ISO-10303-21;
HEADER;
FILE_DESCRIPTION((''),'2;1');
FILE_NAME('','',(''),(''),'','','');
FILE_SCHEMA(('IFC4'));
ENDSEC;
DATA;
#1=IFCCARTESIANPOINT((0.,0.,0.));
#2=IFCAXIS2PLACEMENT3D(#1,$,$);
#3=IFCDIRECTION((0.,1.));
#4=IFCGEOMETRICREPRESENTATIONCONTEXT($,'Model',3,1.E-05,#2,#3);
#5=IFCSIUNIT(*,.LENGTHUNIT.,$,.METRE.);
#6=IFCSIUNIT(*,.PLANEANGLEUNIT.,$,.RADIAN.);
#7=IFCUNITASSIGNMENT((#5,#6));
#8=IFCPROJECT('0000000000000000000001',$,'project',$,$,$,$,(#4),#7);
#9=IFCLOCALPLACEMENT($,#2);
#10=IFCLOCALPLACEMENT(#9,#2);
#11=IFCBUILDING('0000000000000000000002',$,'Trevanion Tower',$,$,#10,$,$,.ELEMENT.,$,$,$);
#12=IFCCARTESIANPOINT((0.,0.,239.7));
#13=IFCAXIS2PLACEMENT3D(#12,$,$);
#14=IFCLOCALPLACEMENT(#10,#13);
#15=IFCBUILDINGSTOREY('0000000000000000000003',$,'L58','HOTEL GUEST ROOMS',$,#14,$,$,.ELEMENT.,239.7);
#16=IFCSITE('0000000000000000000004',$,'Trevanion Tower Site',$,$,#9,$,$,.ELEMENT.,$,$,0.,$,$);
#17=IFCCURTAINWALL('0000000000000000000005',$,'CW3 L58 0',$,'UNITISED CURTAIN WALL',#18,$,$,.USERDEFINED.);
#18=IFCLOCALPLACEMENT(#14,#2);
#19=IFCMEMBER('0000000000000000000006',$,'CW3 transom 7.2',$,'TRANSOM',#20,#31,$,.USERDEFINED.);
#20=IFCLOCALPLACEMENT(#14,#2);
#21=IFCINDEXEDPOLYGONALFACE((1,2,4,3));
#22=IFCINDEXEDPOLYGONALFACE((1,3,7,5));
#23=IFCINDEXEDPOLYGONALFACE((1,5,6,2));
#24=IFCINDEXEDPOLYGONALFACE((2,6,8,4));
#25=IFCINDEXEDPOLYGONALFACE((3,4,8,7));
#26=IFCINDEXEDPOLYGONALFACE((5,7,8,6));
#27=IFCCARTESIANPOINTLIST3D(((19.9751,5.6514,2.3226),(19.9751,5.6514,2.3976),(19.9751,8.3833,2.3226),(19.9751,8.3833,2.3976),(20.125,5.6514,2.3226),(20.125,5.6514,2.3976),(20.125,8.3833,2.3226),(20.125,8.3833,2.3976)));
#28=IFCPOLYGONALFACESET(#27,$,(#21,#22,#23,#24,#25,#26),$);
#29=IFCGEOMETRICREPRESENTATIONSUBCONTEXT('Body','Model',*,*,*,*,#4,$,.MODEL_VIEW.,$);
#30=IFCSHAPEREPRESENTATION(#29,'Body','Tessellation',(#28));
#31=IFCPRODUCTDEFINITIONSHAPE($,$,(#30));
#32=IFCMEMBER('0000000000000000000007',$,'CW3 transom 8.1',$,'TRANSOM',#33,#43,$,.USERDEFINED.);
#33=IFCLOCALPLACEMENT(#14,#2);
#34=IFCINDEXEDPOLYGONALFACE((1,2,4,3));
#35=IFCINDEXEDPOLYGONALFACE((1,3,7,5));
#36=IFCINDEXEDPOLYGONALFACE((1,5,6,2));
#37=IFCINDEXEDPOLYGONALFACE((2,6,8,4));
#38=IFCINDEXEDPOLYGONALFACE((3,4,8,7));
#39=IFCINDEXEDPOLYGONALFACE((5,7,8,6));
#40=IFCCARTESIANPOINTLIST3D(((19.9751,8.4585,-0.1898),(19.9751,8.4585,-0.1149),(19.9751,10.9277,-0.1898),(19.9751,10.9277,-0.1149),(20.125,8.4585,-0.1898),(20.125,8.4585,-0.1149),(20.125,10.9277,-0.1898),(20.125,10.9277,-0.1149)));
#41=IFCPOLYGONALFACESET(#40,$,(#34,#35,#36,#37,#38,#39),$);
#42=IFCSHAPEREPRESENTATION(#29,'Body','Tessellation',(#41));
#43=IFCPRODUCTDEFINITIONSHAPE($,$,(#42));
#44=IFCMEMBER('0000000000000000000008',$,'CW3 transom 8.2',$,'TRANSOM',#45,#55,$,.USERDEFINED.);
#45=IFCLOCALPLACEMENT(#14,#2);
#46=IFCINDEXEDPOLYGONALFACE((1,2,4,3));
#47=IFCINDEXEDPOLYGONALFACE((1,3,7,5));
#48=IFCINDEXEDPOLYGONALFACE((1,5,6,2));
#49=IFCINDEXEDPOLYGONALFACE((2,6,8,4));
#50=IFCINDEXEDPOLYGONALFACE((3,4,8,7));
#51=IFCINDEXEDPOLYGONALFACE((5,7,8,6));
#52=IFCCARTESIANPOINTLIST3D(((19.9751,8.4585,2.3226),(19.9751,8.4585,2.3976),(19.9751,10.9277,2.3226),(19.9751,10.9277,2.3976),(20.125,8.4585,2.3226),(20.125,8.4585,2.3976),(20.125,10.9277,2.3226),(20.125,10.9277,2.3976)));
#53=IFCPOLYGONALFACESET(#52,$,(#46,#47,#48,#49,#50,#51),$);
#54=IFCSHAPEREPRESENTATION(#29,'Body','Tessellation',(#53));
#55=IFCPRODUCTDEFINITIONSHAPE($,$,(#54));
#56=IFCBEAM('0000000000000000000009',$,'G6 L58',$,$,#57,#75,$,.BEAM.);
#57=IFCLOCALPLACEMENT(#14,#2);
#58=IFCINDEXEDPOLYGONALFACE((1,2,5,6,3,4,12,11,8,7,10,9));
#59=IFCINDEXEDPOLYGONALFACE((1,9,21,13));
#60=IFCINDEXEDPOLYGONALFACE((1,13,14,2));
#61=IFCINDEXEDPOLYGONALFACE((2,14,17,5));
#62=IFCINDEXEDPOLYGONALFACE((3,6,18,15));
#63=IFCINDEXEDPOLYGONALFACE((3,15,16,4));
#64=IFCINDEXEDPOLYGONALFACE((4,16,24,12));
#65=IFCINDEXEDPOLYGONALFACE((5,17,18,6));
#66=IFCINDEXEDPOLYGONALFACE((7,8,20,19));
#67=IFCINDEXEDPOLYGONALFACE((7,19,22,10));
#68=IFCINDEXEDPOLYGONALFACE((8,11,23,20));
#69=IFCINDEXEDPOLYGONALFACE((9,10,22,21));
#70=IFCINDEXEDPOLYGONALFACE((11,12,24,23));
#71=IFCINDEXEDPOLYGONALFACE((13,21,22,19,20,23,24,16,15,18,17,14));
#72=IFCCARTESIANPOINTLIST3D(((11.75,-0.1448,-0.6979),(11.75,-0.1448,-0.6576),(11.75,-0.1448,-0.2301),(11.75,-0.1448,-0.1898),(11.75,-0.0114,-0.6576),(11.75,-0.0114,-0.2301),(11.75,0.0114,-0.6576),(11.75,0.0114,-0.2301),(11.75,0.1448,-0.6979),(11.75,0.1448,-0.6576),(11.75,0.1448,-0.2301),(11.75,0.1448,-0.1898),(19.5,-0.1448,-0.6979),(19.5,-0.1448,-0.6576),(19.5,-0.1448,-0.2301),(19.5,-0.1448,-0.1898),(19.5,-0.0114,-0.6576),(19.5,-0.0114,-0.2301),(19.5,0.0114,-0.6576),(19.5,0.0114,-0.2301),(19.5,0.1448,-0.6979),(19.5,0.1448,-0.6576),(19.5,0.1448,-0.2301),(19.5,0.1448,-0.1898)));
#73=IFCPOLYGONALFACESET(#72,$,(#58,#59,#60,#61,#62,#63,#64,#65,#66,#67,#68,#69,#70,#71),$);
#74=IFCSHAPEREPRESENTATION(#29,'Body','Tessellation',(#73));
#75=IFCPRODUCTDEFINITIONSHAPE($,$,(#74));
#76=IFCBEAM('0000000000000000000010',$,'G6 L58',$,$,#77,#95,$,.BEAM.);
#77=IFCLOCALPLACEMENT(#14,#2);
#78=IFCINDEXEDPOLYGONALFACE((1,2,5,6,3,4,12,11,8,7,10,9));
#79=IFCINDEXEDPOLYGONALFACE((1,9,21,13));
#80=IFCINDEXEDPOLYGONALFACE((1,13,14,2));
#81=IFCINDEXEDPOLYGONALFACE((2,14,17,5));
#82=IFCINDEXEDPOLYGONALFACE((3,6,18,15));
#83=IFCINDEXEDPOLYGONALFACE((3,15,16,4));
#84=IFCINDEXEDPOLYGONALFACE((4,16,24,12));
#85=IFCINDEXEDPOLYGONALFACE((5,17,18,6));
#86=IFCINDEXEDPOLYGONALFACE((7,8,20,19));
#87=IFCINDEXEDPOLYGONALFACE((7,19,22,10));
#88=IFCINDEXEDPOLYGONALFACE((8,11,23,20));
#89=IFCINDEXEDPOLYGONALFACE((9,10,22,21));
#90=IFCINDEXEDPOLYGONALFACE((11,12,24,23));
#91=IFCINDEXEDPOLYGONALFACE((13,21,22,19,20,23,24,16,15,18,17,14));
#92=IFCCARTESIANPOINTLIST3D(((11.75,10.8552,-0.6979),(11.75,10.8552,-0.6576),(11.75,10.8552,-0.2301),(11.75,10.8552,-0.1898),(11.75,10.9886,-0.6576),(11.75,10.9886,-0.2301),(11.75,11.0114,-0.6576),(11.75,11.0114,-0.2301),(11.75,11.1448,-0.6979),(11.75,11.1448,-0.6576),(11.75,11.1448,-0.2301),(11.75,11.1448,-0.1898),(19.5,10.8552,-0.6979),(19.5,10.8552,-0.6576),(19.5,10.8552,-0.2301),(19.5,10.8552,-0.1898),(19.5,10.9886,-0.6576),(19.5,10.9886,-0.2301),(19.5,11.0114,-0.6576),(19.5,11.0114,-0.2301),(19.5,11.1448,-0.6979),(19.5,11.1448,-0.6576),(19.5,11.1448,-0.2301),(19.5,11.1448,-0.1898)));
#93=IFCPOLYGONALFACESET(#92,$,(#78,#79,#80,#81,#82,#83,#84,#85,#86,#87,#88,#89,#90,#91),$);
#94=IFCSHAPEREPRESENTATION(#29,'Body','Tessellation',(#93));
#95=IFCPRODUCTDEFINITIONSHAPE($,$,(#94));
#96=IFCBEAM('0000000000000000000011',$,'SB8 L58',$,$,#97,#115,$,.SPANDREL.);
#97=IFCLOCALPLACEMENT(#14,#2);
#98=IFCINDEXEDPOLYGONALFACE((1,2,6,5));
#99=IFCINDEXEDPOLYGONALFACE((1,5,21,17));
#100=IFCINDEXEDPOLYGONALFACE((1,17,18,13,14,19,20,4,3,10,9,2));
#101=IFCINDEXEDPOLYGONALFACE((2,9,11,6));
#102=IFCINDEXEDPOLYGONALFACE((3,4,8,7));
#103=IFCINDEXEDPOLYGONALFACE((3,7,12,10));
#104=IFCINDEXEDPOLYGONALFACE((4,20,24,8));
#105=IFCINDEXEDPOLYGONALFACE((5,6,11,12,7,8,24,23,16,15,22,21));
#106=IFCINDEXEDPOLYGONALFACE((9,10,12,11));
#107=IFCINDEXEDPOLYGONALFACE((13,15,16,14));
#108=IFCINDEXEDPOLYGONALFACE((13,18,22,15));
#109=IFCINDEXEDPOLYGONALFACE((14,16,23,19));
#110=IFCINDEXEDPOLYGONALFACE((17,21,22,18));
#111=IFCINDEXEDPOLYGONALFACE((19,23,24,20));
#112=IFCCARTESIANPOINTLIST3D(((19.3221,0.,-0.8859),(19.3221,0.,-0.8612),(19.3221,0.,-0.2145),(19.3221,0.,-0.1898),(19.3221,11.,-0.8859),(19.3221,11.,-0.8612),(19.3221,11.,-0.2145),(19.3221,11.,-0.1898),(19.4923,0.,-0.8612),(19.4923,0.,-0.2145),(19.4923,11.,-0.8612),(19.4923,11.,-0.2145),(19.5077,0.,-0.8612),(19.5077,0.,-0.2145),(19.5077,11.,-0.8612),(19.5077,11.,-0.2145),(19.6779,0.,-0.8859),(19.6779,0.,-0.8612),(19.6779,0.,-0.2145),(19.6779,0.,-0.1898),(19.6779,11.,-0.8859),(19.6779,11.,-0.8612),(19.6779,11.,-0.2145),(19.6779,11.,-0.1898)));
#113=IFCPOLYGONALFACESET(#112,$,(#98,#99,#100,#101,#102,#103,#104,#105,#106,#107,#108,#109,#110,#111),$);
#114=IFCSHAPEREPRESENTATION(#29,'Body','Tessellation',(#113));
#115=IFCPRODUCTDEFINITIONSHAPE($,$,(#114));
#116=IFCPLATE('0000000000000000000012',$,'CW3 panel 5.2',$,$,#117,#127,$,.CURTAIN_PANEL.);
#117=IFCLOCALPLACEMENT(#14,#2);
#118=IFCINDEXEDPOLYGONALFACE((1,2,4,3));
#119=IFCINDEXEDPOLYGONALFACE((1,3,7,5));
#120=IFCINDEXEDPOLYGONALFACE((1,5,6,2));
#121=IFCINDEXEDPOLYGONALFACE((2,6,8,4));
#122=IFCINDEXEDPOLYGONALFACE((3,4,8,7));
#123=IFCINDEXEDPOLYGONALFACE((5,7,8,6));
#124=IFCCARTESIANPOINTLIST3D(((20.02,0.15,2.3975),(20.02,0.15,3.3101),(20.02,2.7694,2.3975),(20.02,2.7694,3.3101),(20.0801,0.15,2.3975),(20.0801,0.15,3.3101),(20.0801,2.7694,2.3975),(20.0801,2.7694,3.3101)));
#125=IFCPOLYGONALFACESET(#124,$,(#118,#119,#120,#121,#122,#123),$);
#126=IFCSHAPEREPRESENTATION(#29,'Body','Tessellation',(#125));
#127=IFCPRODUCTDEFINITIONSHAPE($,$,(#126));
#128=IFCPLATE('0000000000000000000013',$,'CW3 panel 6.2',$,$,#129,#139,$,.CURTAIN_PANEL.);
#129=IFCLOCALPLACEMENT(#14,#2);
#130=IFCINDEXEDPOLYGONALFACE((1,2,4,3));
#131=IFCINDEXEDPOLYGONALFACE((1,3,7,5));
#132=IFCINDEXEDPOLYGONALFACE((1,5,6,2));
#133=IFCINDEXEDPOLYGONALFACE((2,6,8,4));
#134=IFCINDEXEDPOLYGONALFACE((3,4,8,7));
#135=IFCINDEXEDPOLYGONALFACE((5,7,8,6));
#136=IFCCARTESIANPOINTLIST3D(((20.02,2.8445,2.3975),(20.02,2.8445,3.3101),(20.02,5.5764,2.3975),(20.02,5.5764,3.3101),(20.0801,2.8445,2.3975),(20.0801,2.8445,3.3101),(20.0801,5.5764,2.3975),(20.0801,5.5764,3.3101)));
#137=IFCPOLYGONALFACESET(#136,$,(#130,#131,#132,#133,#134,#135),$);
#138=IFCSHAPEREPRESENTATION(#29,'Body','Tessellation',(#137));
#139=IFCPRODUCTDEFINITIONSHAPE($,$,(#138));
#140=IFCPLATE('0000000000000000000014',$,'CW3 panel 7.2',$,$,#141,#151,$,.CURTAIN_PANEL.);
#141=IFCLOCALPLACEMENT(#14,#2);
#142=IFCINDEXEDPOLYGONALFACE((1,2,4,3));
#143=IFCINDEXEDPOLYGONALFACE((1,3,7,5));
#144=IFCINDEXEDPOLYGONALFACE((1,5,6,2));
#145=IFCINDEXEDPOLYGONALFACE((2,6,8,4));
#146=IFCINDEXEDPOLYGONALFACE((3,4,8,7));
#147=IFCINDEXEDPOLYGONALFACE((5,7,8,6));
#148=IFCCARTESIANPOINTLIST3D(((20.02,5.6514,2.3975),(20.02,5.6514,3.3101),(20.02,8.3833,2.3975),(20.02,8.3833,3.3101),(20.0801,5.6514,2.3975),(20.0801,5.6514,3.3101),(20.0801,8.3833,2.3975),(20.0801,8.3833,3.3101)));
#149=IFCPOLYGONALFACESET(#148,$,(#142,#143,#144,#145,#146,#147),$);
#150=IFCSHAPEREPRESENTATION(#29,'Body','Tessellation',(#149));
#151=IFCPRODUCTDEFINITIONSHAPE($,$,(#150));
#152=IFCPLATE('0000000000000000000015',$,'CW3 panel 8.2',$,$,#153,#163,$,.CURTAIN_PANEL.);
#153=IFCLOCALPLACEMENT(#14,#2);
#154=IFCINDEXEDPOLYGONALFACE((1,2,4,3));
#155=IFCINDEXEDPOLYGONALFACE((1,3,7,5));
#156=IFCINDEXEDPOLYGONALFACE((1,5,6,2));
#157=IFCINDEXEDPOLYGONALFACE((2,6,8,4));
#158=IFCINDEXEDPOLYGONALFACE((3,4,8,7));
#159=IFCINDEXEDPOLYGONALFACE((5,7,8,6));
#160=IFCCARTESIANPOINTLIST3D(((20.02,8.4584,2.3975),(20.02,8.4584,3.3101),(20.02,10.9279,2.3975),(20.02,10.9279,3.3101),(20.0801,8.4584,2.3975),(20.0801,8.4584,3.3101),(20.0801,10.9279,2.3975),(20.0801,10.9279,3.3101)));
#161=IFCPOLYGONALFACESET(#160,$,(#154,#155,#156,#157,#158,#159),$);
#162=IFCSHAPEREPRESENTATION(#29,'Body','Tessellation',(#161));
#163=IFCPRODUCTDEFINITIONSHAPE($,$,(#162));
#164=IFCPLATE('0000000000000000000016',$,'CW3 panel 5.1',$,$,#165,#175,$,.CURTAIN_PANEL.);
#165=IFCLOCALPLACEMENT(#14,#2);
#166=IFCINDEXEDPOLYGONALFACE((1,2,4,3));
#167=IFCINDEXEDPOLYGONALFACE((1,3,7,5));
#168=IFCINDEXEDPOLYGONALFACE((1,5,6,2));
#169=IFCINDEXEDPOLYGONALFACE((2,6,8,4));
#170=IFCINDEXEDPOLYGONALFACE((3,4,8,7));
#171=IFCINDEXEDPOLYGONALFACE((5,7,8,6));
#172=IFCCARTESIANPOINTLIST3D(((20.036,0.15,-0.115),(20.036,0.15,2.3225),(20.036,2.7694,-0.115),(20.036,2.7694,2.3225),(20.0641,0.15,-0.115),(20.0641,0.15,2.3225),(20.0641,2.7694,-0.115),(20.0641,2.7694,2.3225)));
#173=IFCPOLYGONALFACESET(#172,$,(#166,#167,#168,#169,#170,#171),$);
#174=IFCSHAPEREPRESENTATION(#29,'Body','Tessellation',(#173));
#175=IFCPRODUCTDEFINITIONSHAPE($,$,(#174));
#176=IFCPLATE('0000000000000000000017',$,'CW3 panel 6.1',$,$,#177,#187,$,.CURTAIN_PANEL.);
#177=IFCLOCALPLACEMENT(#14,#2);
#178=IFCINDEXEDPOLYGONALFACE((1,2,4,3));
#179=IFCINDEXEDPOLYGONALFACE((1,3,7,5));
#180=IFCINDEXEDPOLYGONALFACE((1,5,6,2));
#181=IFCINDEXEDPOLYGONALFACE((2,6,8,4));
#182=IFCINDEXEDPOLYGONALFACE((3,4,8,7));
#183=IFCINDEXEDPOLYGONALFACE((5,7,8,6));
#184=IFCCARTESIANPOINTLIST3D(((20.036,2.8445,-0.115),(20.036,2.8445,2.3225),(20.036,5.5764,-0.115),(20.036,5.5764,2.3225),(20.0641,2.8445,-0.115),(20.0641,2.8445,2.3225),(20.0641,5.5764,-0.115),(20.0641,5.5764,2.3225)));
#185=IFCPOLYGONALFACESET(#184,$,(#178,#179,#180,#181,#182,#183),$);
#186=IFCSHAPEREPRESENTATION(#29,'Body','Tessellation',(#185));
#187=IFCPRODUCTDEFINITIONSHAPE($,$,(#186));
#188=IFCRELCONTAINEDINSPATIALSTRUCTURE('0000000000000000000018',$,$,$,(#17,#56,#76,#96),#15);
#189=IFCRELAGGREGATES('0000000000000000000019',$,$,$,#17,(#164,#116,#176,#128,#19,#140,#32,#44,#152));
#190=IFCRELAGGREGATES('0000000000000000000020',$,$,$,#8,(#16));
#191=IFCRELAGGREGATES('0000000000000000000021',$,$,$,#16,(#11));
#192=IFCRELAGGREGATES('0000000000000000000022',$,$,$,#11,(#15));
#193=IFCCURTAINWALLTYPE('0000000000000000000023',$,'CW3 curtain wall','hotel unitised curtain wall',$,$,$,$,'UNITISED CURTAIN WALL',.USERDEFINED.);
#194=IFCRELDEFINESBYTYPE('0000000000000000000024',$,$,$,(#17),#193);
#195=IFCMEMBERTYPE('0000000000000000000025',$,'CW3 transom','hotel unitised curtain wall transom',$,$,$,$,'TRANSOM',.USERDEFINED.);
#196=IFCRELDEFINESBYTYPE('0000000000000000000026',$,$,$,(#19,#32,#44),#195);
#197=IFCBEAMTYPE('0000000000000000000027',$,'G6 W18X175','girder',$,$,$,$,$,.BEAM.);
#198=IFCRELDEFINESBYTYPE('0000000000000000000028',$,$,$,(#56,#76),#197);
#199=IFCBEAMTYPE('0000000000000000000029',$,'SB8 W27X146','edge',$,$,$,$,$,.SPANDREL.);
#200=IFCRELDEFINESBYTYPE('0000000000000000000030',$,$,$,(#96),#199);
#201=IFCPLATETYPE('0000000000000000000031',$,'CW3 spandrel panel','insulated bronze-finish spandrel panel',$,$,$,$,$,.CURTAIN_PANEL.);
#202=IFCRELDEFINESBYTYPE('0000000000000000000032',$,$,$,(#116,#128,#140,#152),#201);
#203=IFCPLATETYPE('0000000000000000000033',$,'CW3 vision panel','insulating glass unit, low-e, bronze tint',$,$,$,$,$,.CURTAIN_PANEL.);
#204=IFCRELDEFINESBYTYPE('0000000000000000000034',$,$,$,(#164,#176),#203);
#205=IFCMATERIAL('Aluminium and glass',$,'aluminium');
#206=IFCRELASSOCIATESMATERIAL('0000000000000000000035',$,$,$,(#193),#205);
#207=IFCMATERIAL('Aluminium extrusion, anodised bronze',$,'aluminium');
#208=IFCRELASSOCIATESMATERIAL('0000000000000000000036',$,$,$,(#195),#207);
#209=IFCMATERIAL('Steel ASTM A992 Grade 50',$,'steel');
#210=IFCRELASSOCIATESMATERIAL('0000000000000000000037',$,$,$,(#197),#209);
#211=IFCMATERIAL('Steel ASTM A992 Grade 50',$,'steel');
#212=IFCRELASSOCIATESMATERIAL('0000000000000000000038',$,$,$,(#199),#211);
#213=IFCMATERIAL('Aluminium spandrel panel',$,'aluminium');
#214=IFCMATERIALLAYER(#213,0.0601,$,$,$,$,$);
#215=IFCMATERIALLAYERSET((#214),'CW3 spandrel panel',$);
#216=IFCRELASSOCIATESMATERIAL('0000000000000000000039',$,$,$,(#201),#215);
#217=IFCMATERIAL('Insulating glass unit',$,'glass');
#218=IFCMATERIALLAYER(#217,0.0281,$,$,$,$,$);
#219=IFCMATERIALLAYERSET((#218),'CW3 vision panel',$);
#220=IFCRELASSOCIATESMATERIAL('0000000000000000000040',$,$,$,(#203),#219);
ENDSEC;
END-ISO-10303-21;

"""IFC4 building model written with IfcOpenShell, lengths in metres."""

from ifc_helpers import new_model, si_unit, direction, frame, origin, origin_2d, place, context, subcontext, project, spatial, rectangle, i_section, extrude, material, layer, layer_set, material_profile, profile_set, type_object, element, aggregate, save


model = new_model("IFC4")

# Units and contexts
model_context = context("Model", 3, precision=1e-05, world=origin(), true_north=direction((0.0, 1.0)))
body_context = subcontext(model_context, "Body", "Model", "MODEL_VIEW")
ifc_project = project(units=[si_unit("LENGTHUNIT", "METRE"), si_unit("PLANEANGLEUNIT", "RADIAN")], contexts=[model_context])

# Site, building, storey
site_placement = place(None, origin())
site = spatial("IfcSite", under=ifc_project, at=site_placement, Name="Trevanion Tower Site", CompositionType="ELEMENT", RefElevation=0.0)
building_placement = place(site_placement, origin())
building = spatial("IfcBuilding", under=site, at=building_placement, Name="Trevanion Tower", CompositionType="ELEMENT")
storey_placement = place(building_placement, frame((0.0, 0.0, 239.7)))
storey = spatial("IfcBuildingStorey", under=building, at=storey_placement, Name="L58", Description="HOTEL GUEST ROOMS", CompositionType="ELEMENT", Elevation=239.7)

# Curtain wall, members
ifc_material_1 = material(Name="Aluminium and glass", Category="aluminium")
curtain_wall_type = type_object("IfcCurtainWallType", Name="CW3 curtain wall", Description="hotel unitised curtain wall", ElementType="UNITISED CURTAIN WALL", PredefinedType="USERDEFINED", material=ifc_material_1)
curtain_wall_placement = place(storey_placement, origin())
curtain_wall = element("IfcCurtainWall", 1, at=curtain_wall_placement, inside=storey, type_object=curtain_wall_type, Name="CW3 L58 0", ObjectType="UNITISED CURTAIN WALL", PredefinedType="USERDEFINED")
ifc_material_2 = material(Name="Aluminium extrusion, anodised bronze", Category="aluminium")
ifc_material_profile_1 = material_profile(ifc_material_2, rectangle(XDim=0.1499, YDim=0.075, at=origin_2d()), Name="CW3 transom")
ifc_profile_set_1 = profile_set([ifc_material_profile_1], Name="Aluminium extrusion, anodised bronze")
member_type_1 = type_object("IfcMemberType", Name="CW3 transom", Description="hotel unitised curtain wall transom", ElementType="TRANSOM", PredefinedType="USERDEFINED", material=ifc_profile_set_1)
member_1_placement = place(storey_placement, frame((20.05, 5.6514, 2.3601), z_axis=(0.0, 1.0, 0.0), x_axis=(-1.0, 0.0, 0.0)))
member_1 = element("IfcMember", 2, at=member_1_placement, type_object=member_type_1, Name="CW3 transom 7.2", ObjectType="TRANSOM", PredefinedType="USERDEFINED", context=body_context, shape_type="SweptSolid", body=[
    extrude(rectangle(XDim=0.1499, YDim=0.075, at=origin_2d()), origin(), (0.0, 0.0, 1.0), 2.7319),
])
member_2_placement = place(storey_placement, frame((20.05, 8.4585, -0.1523), z_axis=(0.0, 1.0, 0.0), x_axis=(-1.0, 0.0, 0.0)))
member_2 = element("IfcMember", 3, at=member_2_placement, type_object=member_type_1, Name="CW3 transom 8.1", ObjectType="TRANSOM", PredefinedType="USERDEFINED", context=body_context, shape_type="SweptSolid", body=[
    extrude(rectangle(XDim=0.1499, YDim=0.075, at=origin_2d()), origin(), (0.0, 0.0, 1.0), 2.4692),
])
member_3_placement = place(storey_placement, frame((20.05, 8.4585, 2.3601), z_axis=(0.0, 1.0, 0.0), x_axis=(-1.0, 0.0, 0.0)))
member_3 = element("IfcMember", 4, at=member_3_placement, type_object=member_type_1, Name="CW3 transom 8.2", ObjectType="TRANSOM", PredefinedType="USERDEFINED", context=body_context, shape_type="SweptSolid", body=[
    extrude(rectangle(XDim=0.1499, YDim=0.075, at=origin_2d()), origin(), (0.0, 0.0, 1.0), 2.4692),
])

# Beams
ifc_material_3 = material(Name="Steel ASTM A992 Grade 50", Category="steel")
ifc_material_profile_2 = material_profile(ifc_material_3, i_section(OverallWidth=0.2896, OverallDepth=0.5081, WebThickness=0.0227, FlangeThickness=0.0403, at=origin_2d()), Name="W18X175")
ifc_profile_set_2 = profile_set([ifc_material_profile_2], Name="Steel ASTM A992 Grade 50")
beam_type_1 = type_object("IfcBeamType", Name="G6 W18X175", Description="girder", PredefinedType="BEAM", material=ifc_profile_set_2)
for number, where, z_axis, x_axis, name in (
    (5, (11.75, 0.0, -0.4438), (1.0, 0.0, 0.0), (0.0, 1.0, 0.0), "G6 L58"),
    (6, (11.75, 11.0, -0.4438), (1.0, 0.0, 0.0), (0.0, 1.0, 0.0), "G6 L58"),
):
    element("IfcBeam", number, at=place(storey_placement, frame(where, z_axis=z_axis, x_axis=x_axis)), inside=storey, type_object=beam_type_1, Name=name, PredefinedType="BEAM", context=body_context, shape_type="SweptSolid", body=[
        extrude(i_section(OverallWidth=0.2896, OverallDepth=0.5081, WebThickness=0.0227, FlangeThickness=0.0403, at=origin_2d()), origin(), (0.0, 0.0, 1.0), 7.75),
    ])
ifc_material_4 = material(Name="Steel ASTM A992 Grade 50", Category="steel")
ifc_material_profile_3 = material_profile(ifc_material_4, i_section(OverallWidth=0.3557, OverallDepth=0.696, WebThickness=0.0154, FlangeThickness=0.0247, at=origin_2d()), Name="W27X146")
ifc_profile_set_3 = profile_set([ifc_material_profile_3], Name="Steel ASTM A992 Grade 50")
beam_type_2 = type_object("IfcBeamType", Name="SB8 W27X146", Description="edge", PredefinedType="SPANDREL", material=ifc_profile_set_3)
beam_placement = place(storey_placement, frame((19.5, 0.0, -0.5378), z_axis=(0.0, 1.0, 0.0), x_axis=(-1.0, 0.0, 0.0)))
element("IfcBeam", 7, at=beam_placement, inside=storey, type_object=beam_type_2, Name="SB8 L58", PredefinedType="SPANDREL", context=body_context, shape_type="SweptSolid", body=[
    extrude(i_section(OverallWidth=0.3557, OverallDepth=0.696, WebThickness=0.0154, FlangeThickness=0.0247, at=origin_2d()), origin(), (0.0, 0.0, 1.0), 11.0),
])

# Plates
ifc_material_5 = material(Name="Aluminium spandrel panel", Category="aluminium")
ifc_layer_1 = layer(ifc_material_5, 0.0601)
ifc_layer_set_1 = layer_set([ifc_layer_1], Name="CW3 spandrel panel")
plate_type_1 = type_object("IfcPlateType", Name="CW3 spandrel panel", Description="insulated bronze-finish spandrel panel", PredefinedType="CURTAIN_PANEL", material=ifc_layer_set_1)
plate_1_placement = place(storey_placement, frame((20.05, 1.4597, 2.3975), z_axis=(0.0, 0.0, 1.0), x_axis=(0.0, 1.0, 0.0)))
plate_1 = element("IfcPlate", 8, at=plate_1_placement, type_object=plate_type_1, Name="CW3 panel 5.2", PredefinedType="CURTAIN_PANEL", context=body_context, shape_type="SweptSolid", body=[
    extrude(rectangle(XDim=2.6194, YDim=0.0601, at=origin_2d()), origin(), (0.0, 0.0, 1.0), 0.9126),
])
plate_2_placement = place(storey_placement, frame((20.05, 4.2104, 2.3975), z_axis=(0.0, 0.0, 1.0), x_axis=(0.0, 1.0, 0.0)))
plate_2 = element("IfcPlate", 9, at=plate_2_placement, type_object=plate_type_1, Name="CW3 panel 6.2", PredefinedType="CURTAIN_PANEL", context=body_context, shape_type="SweptSolid", body=[
    extrude(rectangle(XDim=2.7319, YDim=0.0601, at=origin_2d()), origin(), (0.0, 0.0, 1.0), 0.9126),
])
plate_3_placement = place(storey_placement, frame((20.05, 7.0173, 2.3975), z_axis=(0.0, 0.0, 1.0), x_axis=(0.0, 1.0, 0.0)))
plate_3 = element("IfcPlate", 10, at=plate_3_placement, type_object=plate_type_1, Name="CW3 panel 7.2", PredefinedType="CURTAIN_PANEL", context=body_context, shape_type="SweptSolid", body=[
    extrude(rectangle(XDim=2.7319, YDim=0.0601, at=origin_2d()), origin(), (0.0, 0.0, 1.0), 0.9126),
])
plate_4_placement = place(storey_placement, frame((20.05, 9.6931, 2.3975), z_axis=(0.0, 0.0, 1.0), x_axis=(0.0, 1.0, 0.0)))
plate_4 = element("IfcPlate", 11, at=plate_4_placement, type_object=plate_type_1, Name="CW3 panel 8.2", PredefinedType="CURTAIN_PANEL", context=body_context, shape_type="SweptSolid", body=[
    extrude(rectangle(XDim=2.4695, YDim=0.0601, at=origin_2d()), origin(), (0.0, 0.0, 1.0), 0.9126),
])
ifc_material_6 = material(Name="Insulating glass unit", Category="glass")
ifc_layer_2 = layer(ifc_material_6, 0.0281)
ifc_layer_set_2 = layer_set([ifc_layer_2], Name="CW3 vision panel")
plate_type_2 = type_object("IfcPlateType", Name="CW3 vision panel", Description="insulating glass unit, low-e, bronze tint", PredefinedType="CURTAIN_PANEL", material=ifc_layer_set_2)
plate_5_placement = place(storey_placement, frame((20.05, 1.4597, -0.115), z_axis=(0.0, 0.0, 1.0), x_axis=(0.0, 1.0, 0.0)))
plate_5 = element("IfcPlate", 12, at=plate_5_placement, type_object=plate_type_2, Name="CW3 panel 5.1", PredefinedType="CURTAIN_PANEL", context=body_context, shape_type="SweptSolid", body=[
    extrude(rectangle(XDim=2.6194, YDim=0.0281, at=origin_2d()), origin(), (0.0, 0.0, 1.0), 2.4375),
])
plate_6_placement = place(storey_placement, frame((20.05, 4.2104, -0.115), z_axis=(0.0, 0.0, 1.0), x_axis=(0.0, 1.0, 0.0)))
plate_6 = element("IfcPlate", 13, at=plate_6_placement, type_object=plate_type_2, Name="CW3 panel 6.1", PredefinedType="CURTAIN_PANEL", context=body_context, shape_type="SweptSolid", body=[
    extrude(rectangle(XDim=2.7319, YDim=0.0281, at=origin_2d()), origin(), (0.0, 0.0, 1.0), 2.4375),
])
aggregate(curtain_wall, [plate_5, plate_1, plate_6, plate_2, member_1, plate_3, member_2, member_3, plate_4])

save(model, "model.ifc")
